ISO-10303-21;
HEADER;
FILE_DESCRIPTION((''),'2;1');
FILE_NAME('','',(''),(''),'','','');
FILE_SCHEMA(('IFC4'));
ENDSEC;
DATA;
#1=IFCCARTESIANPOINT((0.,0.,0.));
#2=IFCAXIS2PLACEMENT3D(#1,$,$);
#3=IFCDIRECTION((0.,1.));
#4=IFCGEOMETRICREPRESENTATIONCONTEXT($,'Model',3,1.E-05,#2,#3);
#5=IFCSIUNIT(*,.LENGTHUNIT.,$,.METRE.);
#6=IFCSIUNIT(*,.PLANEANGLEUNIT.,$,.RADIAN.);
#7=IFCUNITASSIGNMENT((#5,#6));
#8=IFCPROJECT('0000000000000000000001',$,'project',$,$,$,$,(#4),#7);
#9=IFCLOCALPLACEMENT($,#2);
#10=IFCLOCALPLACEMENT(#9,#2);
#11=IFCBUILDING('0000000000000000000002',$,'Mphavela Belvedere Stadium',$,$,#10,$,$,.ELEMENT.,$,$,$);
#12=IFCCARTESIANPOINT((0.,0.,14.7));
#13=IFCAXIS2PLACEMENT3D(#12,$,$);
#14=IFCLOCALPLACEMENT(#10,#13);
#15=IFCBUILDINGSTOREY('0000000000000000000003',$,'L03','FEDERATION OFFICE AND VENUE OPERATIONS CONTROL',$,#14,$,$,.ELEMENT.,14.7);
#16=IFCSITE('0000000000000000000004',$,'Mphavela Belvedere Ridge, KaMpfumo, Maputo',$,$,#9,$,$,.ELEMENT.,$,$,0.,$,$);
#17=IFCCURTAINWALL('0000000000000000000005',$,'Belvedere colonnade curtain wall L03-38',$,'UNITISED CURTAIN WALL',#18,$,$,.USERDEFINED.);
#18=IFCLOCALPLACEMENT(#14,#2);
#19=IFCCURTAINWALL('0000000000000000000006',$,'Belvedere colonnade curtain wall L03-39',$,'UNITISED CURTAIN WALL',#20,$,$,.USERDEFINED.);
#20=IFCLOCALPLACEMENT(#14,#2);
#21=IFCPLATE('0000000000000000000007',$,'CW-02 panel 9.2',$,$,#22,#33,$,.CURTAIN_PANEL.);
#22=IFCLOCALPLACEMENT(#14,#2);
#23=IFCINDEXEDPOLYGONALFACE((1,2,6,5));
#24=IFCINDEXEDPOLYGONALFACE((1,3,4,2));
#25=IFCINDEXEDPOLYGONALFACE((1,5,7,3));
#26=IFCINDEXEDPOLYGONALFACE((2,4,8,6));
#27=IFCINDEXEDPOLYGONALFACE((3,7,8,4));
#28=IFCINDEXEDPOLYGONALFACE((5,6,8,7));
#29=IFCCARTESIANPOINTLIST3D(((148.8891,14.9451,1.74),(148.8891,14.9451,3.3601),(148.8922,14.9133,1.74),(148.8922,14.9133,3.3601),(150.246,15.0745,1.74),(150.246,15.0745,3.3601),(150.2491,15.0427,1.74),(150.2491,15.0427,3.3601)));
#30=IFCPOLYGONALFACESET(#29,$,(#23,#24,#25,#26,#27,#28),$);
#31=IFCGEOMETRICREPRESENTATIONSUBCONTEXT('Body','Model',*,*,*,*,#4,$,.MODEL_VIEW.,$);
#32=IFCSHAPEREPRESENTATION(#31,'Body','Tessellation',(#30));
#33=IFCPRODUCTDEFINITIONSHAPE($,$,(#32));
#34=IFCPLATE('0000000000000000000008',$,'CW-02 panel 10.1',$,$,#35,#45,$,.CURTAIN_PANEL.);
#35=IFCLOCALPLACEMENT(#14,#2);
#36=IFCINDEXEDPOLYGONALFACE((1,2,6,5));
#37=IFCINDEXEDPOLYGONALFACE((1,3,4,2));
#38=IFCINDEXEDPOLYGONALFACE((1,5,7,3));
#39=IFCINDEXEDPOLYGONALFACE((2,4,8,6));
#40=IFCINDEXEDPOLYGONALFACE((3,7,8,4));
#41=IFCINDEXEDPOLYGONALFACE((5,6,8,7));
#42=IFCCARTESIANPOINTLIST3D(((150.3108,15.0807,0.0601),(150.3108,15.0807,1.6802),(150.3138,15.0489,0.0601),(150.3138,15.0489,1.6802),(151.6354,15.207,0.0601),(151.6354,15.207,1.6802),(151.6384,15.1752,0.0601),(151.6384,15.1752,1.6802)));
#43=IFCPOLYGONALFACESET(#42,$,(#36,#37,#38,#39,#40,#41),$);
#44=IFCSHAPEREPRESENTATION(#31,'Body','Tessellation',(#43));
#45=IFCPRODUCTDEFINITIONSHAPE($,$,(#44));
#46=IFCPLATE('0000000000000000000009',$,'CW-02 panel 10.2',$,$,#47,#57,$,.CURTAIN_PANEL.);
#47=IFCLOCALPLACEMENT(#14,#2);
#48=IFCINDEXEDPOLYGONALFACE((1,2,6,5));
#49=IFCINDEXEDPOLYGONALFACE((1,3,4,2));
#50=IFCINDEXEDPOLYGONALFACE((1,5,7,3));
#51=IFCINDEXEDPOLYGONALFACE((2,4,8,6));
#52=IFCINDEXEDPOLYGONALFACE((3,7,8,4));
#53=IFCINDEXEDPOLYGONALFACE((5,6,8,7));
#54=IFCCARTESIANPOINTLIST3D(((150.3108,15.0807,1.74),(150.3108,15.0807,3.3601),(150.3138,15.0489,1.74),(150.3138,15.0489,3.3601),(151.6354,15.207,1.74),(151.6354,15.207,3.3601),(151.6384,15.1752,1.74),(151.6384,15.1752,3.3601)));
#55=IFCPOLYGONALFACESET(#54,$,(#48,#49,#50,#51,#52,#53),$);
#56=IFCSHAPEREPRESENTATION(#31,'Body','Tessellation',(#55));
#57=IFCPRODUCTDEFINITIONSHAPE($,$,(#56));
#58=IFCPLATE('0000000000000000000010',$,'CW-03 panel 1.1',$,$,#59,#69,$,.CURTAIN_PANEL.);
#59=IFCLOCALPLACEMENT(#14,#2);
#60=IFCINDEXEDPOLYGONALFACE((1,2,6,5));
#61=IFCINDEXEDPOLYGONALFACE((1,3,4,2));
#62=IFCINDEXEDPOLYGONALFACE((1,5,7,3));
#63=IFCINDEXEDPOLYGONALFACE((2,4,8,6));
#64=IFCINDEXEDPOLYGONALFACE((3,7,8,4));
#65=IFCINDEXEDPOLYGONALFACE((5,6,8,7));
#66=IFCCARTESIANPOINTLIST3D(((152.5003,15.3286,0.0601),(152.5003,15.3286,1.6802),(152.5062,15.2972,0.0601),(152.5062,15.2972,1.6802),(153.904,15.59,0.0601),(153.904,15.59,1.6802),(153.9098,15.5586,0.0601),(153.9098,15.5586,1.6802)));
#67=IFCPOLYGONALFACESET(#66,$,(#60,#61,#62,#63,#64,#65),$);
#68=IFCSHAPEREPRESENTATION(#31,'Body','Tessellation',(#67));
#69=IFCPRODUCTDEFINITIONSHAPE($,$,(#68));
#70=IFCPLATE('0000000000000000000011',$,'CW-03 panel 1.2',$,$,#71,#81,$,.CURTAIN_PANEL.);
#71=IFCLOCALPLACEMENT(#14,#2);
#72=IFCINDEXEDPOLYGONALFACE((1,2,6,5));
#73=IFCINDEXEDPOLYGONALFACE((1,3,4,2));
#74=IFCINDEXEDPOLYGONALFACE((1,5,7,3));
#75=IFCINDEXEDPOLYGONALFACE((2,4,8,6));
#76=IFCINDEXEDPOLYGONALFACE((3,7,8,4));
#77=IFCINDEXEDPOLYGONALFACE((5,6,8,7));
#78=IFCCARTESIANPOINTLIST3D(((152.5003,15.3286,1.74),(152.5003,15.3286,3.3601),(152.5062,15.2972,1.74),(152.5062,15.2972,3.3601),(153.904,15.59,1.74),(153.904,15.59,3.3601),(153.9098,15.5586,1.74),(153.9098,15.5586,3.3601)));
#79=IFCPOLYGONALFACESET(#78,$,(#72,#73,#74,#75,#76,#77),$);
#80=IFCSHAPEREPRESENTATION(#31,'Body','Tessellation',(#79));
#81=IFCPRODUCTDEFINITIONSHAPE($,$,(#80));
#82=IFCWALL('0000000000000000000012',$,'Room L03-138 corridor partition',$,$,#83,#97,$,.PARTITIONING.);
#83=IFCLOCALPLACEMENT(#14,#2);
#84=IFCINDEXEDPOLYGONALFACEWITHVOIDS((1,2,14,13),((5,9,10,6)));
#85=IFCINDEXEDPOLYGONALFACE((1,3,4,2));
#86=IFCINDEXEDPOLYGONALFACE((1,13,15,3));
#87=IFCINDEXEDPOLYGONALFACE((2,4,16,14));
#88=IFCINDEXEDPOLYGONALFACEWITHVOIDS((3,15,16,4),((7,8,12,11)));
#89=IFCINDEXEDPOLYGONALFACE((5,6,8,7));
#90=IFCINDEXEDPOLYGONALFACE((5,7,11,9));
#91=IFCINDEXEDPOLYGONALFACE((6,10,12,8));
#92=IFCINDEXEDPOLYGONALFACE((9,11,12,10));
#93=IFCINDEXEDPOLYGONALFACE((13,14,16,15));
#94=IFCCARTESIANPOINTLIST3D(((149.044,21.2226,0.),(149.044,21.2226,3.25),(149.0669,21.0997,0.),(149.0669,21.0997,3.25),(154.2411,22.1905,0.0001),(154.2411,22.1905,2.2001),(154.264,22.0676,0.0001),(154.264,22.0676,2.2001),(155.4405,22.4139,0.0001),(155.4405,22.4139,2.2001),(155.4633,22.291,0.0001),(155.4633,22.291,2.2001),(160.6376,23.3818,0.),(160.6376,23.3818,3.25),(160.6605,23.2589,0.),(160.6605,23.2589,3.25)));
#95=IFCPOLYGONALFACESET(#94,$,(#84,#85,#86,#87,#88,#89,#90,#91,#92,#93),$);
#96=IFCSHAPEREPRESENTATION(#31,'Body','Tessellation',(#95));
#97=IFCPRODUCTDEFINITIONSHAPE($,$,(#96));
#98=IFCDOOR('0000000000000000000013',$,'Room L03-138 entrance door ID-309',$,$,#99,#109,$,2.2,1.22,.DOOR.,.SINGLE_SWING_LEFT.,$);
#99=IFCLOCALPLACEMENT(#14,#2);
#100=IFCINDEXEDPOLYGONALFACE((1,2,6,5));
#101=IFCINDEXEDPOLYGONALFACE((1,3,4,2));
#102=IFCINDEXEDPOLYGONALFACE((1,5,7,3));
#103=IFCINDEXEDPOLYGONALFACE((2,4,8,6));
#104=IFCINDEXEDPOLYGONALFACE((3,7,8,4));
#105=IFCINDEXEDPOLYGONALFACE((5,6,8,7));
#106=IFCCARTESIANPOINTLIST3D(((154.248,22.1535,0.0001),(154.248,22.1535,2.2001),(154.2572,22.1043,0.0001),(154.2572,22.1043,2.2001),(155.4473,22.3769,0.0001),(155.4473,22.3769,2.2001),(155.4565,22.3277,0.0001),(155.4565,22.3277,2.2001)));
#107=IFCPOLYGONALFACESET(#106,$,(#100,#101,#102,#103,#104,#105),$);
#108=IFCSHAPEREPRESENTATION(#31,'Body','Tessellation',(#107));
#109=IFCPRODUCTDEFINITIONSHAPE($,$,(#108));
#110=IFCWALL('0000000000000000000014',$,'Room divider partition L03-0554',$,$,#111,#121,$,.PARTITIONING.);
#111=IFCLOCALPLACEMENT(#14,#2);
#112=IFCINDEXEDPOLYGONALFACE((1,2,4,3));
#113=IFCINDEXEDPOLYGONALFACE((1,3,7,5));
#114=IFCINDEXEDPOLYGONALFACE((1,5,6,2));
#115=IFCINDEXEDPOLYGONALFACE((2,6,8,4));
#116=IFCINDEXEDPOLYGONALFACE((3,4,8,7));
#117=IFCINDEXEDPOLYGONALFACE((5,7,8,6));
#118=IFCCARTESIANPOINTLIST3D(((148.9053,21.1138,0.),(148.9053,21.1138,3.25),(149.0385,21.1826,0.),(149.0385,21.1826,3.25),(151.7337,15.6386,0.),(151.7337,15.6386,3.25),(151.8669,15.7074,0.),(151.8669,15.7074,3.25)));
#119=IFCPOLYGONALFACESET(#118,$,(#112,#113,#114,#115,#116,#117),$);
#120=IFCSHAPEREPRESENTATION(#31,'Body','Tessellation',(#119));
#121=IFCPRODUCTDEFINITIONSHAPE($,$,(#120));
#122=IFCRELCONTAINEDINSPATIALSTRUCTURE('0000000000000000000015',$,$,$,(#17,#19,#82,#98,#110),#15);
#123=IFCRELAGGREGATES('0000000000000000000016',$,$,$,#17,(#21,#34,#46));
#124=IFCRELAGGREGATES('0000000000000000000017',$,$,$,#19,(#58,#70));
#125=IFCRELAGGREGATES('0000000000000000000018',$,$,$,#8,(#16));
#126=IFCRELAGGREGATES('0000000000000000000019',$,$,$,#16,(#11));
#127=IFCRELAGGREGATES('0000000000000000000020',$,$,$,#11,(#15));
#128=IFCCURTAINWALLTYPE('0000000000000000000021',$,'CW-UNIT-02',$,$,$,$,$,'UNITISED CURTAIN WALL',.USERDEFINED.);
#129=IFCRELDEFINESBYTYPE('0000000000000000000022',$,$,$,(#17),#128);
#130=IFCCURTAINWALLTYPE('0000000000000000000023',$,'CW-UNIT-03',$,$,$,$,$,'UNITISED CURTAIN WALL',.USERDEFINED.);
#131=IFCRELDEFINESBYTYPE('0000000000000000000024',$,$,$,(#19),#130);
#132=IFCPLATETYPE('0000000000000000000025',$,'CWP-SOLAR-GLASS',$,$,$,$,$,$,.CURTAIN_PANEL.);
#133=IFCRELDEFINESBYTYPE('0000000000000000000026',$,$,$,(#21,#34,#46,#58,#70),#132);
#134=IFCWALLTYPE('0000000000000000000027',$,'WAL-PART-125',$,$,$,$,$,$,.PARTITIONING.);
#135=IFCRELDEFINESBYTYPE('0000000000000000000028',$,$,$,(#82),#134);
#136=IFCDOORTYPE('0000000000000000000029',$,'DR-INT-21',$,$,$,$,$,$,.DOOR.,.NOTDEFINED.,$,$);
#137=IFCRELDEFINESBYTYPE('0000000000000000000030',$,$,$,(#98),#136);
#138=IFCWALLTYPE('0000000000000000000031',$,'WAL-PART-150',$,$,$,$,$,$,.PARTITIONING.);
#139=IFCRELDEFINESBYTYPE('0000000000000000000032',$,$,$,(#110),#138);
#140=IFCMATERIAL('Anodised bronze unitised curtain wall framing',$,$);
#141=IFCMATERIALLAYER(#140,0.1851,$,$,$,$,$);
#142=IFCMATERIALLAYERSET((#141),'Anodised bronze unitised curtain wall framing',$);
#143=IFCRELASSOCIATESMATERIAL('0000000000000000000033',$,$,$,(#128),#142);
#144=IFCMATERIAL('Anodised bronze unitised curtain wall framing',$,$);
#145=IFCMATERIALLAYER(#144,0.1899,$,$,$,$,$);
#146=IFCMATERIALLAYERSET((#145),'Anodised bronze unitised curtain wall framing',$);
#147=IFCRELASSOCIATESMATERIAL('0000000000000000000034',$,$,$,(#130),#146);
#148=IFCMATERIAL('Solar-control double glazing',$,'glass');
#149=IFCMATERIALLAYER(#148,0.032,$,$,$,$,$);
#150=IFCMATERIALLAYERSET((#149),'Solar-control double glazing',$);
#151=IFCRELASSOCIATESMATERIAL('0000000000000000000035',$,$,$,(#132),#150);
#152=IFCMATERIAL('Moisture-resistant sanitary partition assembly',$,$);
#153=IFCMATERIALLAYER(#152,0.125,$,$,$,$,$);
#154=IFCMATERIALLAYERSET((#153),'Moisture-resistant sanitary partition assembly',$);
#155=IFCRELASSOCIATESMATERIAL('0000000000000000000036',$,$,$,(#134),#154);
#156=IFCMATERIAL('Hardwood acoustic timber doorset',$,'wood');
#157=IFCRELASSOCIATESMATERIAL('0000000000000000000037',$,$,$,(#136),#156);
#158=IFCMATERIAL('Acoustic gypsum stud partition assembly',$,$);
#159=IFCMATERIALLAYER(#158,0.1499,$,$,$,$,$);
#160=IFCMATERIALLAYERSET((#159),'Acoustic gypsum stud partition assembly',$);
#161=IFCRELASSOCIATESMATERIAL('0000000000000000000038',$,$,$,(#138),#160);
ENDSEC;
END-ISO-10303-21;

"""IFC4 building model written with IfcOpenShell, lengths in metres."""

from ifc_helpers import new_model, si_unit, direction, frame, frame_2d, origin, origin_2d, place, context, subcontext, project, spatial, rectangle, extrude, material, layer, layer_set, type_object, element, fill, aggregate, save


model = new_model("IFC4")

# Units and contexts
model_context = context("Model", 3, precision=1e-05, world=origin(), true_north=direction((0.0, 1.0)))
body_context = subcontext(model_context, "Body", "Model", "MODEL_VIEW")
ifc_project = project(units=[si_unit("LENGTHUNIT", "METRE"), si_unit("PLANEANGLEUNIT", "RADIAN")], contexts=[model_context])

# Site, building, storey
site_placement = place(None, origin())
site = spatial("IfcSite", under=ifc_project, at=site_placement, Name="Mphavela Belvedere Ridge, KaMpfumo, Maputo", CompositionType="ELEMENT", RefElevation=0.0)
building_placement = place(site_placement, origin())
building = spatial("IfcBuilding", under=site, at=building_placement, Name="Mphavela Belvedere Stadium", CompositionType="ELEMENT")
storey_placement = place(building_placement, frame((0.0, 0.0, 14.7)))
storey = spatial("IfcBuildingStorey", under=building, at=storey_placement, Name="L03", Description="FEDERATION OFFICE AND VENUE OPERATIONS CONTROL", CompositionType="ELEMENT", Elevation=14.7)

# Curtain walls
ifc_material_1 = material(Name="Anodised bronze unitised curtain wall framing")
ifc_layer_1 = layer(ifc_material_1, 0.1851)
ifc_layer_set_1 = layer_set([ifc_layer_1], Name="Anodised bronze unitised curtain wall framing")
curtain_wall_type_1 = type_object("IfcCurtainWallType", Name="CW-UNIT-02", ElementType="UNITISED CURTAIN WALL", PredefinedType="USERDEFINED", material=ifc_layer_set_1)
curtain_wall_1_placement = place(storey_placement, origin())
curtain_wall_1 = element("IfcCurtainWall", 1, at=curtain_wall_1_placement, inside=storey, type_object=curtain_wall_type_1, Name="Belvedere colonnade curtain wall L03-38", ObjectType="UNITISED CURTAIN WALL", PredefinedType="USERDEFINED")
ifc_material_2 = material(Name="Anodised bronze unitised curtain wall framing")
ifc_layer_2 = layer(ifc_material_2, 0.1899)
ifc_layer_set_2 = layer_set([ifc_layer_2], Name="Anodised bronze unitised curtain wall framing")
curtain_wall_type_2 = type_object("IfcCurtainWallType", Name="CW-UNIT-03", ElementType="UNITISED CURTAIN WALL", PredefinedType="USERDEFINED", material=ifc_layer_set_2)
curtain_wall_2_placement = place(storey_placement, origin())
curtain_wall_2 = element("IfcCurtainWall", 2, at=curtain_wall_2_placement, inside=storey, type_object=curtain_wall_type_2, Name="Belvedere colonnade curtain wall L03-39", ObjectType="UNITISED CURTAIN WALL", PredefinedType="USERDEFINED")

# Plates
ifc_material_3 = material(Name="Solar-control double glazing", Category="glass")
ifc_layer_3 = layer(ifc_material_3, 0.032)
ifc_layer_set_3 = layer_set([ifc_layer_3], Name="Solar-control double glazing")
plate_type = type_object("IfcPlateType", Name="CWP-SOLAR-GLASS", PredefinedType="CURTAIN_PANEL", material=ifc_layer_set_3)
plate_1_placement = place(storey_placement, frame((149.5691, 14.9939, 1.74), z_axis=(0.0, 0.0, 1.0), x_axis=(0.995484, 0.094929, 0.0)))
plate_1 = element("IfcPlate", 3, at=plate_1_placement, type_object=plate_type, Name="CW-02 panel 9.2", PredefinedType="CURTAIN_PANEL", context=body_context, shape_type="SweptSolid", body=[
    extrude(rectangle(XDim=1.363, YDim=0.032, at=origin_2d()), origin(), (0.0, 0.0, 1.0), 1.6201),
])
plate_2_placement = place(storey_placement, frame((150.9746, 15.1279, 0.0601), z_axis=(0.0, 0.0, 1.0), x_axis=(0.995484, 0.094929, 0.0)))
plate_2 = element("IfcPlate", 4, at=plate_2_placement, type_object=plate_type, Name="CW-02 panel 10.1", PredefinedType="CURTAIN_PANEL", context=body_context, shape_type="SweptSolid", body=[
    extrude(rectangle(XDim=1.3306, YDim=0.032, at=origin_2d()), origin(), (0.0, 0.0, 1.0), 1.6201),
])
plate_3_placement = place(storey_placement, frame((150.9746, 15.1279, 1.74), z_axis=(0.0, 0.0, 1.0), x_axis=(0.995484, 0.094929, 0.0)))
plate_3 = element("IfcPlate", 5, at=plate_3_placement, type_object=plate_type, Name="CW-02 panel 10.2", PredefinedType="CURTAIN_PANEL", context=body_context, shape_type="SweptSolid", body=[
    extrude(rectangle(XDim=1.3306, YDim=0.032, at=origin_2d()), origin(), (0.0, 0.0, 1.0), 1.6201),
])
aggregate(curtain_wall_1, [plate_1, plate_2, plate_3])
plate_4_placement = place(storey_placement, frame((153.2051, 15.4436, 0.0601), z_axis=(0.0, 0.0, 1.0), x_axis=(0.983097, 0.183088, 0.0)))
plate_4 = element("IfcPlate", 6, at=plate_4_placement, type_object=plate_type, Name="CW-03 panel 1.1", PredefinedType="CURTAIN_PANEL", context=body_context, shape_type="SweptSolid", body=[
    extrude(rectangle(XDim=1.4277, YDim=0.032, at=origin_2d()), origin(), (0.0, 0.0, 1.0), 1.6201),
])
plate_5_placement = place(storey_placement, frame((153.2051, 15.4436, 1.74), z_axis=(0.0, 0.0, 1.0), x_axis=(0.983097, 0.183088, 0.0)))
plate_5 = element("IfcPlate", 7, at=plate_5_placement, type_object=plate_type, Name="CW-03 panel 1.2", PredefinedType="CURTAIN_PANEL", context=body_context, shape_type="SweptSolid", body=[
    extrude(rectangle(XDim=1.4277, YDim=0.032, at=origin_2d()), origin(), (0.0, 0.0, 1.0), 1.6201),
])
aggregate(curtain_wall_2, [plate_4, plate_5])

# Wall, opening, door
ifc_material_4 = material(Name="Moisture-resistant sanitary partition assembly")
ifc_layer_4 = layer(ifc_material_4, 0.125)
ifc_layer_set_4 = layer_set([ifc_layer_4], Name="Moisture-resistant sanitary partition assembly")
wall_type_1 = type_object("IfcWallType", Name="WAL-PART-125", PredefinedType="PARTITIONING", material=ifc_layer_set_4)
wall_1_placement = place(storey_placement, frame((149.0554, 21.1611, 0.0), z_axis=(0.0, 0.0, 1.0), x_axis=(0.983096, 0.183092, 0.0)))
wall_1 = element("IfcWall", 8, at=wall_1_placement, inside=storey, type_object=wall_type_1, Name="Room L03-138 corridor partition", PredefinedType="PARTITIONING", context=body_context, shape_type="SweptSolid", body=[
    extrude(rectangle(XDim=11.793, YDim=0.125, at=frame_2d((5.8965, 0.0))), origin(), (0.0, 0.0, 1.0), 3.25),
])
opening_placement = place(wall_1_placement, frame((5.2866, 0.0, 0.0)))
opening = element("IfcOpeningElement", 9, at=opening_placement, cuts=wall_1, PredefinedType="OPENING", context=body_context, shape_type="SweptSolid", body=[
    extrude(rectangle(XDim=1.22, YDim=2.2, at=frame_2d((0.6099, 1.1001))), frame((0.0, 0.0725, 0.0), z_axis=(0.0, -1.0, 0.0), x_axis=(1.0, 0.0, 0.0)), (0.0, 0.0, 1.0), 0.145),
])
ifc_material_5 = material(Name="Hardwood acoustic timber doorset", Category="wood")
door_type = type_object("IfcDoorType", Name="DR-INT-21", OperationType="NOTDEFINED", PredefinedType="DOOR", material=ifc_material_5)
door_placement = place(opening_placement, origin())
door = element("IfcDoor", 10, at=door_placement, inside=storey, type_object=door_type, Name="Room L03-138 entrance door ID-309", OperationType="SINGLE_SWING_LEFT", OverallHeight=2.2, OverallWidth=1.22, PredefinedType="DOOR", context=body_context, shape_type="SweptSolid", body=[
    extrude(rectangle(XDim=1.22, YDim=2.2, at=frame_2d((0.6099, 1.1001))), frame((0.0, 0.0249, 0.0), z_axis=(0.0, -1.0, 0.0), x_axis=(1.0, 0.0, 0.0)), (0.0, 0.0, 1.0), 0.05),
])
fill(opening, door)

# Wall
ifc_material_6 = material(Name="Acoustic gypsum stud partition assembly")
ifc_layer_5 = layer(ifc_material_6, 0.1499)
ifc_layer_set_5 = layer_set([ifc_layer_5], Name="Acoustic gypsum stud partition assembly")
wall_type_2 = type_object("IfcWallType", Name="WAL-PART-150", PredefinedType="PARTITIONING", material=ifc_layer_set_5)
wall_2_placement = place(storey_placement, frame((148.9719, 21.1482, 0.0), z_axis=(0.0, 0.0, 1.0), x_axis=(0.458965, -0.888454, 0.0)))
element("IfcWall", 11, at=wall_2_placement, inside=storey, type_object=wall_type_2, Name="Room divider partition L03-0554", PredefinedType="PARTITIONING", context=body_context, shape_type="SweptSolid", body=[
    extrude(rectangle(XDim=6.1626, YDim=0.1499, at=frame_2d((3.0813, 0.0))), origin(), (0.0, 0.0, 1.0), 3.25),
])

save(model, "model.ifc")
